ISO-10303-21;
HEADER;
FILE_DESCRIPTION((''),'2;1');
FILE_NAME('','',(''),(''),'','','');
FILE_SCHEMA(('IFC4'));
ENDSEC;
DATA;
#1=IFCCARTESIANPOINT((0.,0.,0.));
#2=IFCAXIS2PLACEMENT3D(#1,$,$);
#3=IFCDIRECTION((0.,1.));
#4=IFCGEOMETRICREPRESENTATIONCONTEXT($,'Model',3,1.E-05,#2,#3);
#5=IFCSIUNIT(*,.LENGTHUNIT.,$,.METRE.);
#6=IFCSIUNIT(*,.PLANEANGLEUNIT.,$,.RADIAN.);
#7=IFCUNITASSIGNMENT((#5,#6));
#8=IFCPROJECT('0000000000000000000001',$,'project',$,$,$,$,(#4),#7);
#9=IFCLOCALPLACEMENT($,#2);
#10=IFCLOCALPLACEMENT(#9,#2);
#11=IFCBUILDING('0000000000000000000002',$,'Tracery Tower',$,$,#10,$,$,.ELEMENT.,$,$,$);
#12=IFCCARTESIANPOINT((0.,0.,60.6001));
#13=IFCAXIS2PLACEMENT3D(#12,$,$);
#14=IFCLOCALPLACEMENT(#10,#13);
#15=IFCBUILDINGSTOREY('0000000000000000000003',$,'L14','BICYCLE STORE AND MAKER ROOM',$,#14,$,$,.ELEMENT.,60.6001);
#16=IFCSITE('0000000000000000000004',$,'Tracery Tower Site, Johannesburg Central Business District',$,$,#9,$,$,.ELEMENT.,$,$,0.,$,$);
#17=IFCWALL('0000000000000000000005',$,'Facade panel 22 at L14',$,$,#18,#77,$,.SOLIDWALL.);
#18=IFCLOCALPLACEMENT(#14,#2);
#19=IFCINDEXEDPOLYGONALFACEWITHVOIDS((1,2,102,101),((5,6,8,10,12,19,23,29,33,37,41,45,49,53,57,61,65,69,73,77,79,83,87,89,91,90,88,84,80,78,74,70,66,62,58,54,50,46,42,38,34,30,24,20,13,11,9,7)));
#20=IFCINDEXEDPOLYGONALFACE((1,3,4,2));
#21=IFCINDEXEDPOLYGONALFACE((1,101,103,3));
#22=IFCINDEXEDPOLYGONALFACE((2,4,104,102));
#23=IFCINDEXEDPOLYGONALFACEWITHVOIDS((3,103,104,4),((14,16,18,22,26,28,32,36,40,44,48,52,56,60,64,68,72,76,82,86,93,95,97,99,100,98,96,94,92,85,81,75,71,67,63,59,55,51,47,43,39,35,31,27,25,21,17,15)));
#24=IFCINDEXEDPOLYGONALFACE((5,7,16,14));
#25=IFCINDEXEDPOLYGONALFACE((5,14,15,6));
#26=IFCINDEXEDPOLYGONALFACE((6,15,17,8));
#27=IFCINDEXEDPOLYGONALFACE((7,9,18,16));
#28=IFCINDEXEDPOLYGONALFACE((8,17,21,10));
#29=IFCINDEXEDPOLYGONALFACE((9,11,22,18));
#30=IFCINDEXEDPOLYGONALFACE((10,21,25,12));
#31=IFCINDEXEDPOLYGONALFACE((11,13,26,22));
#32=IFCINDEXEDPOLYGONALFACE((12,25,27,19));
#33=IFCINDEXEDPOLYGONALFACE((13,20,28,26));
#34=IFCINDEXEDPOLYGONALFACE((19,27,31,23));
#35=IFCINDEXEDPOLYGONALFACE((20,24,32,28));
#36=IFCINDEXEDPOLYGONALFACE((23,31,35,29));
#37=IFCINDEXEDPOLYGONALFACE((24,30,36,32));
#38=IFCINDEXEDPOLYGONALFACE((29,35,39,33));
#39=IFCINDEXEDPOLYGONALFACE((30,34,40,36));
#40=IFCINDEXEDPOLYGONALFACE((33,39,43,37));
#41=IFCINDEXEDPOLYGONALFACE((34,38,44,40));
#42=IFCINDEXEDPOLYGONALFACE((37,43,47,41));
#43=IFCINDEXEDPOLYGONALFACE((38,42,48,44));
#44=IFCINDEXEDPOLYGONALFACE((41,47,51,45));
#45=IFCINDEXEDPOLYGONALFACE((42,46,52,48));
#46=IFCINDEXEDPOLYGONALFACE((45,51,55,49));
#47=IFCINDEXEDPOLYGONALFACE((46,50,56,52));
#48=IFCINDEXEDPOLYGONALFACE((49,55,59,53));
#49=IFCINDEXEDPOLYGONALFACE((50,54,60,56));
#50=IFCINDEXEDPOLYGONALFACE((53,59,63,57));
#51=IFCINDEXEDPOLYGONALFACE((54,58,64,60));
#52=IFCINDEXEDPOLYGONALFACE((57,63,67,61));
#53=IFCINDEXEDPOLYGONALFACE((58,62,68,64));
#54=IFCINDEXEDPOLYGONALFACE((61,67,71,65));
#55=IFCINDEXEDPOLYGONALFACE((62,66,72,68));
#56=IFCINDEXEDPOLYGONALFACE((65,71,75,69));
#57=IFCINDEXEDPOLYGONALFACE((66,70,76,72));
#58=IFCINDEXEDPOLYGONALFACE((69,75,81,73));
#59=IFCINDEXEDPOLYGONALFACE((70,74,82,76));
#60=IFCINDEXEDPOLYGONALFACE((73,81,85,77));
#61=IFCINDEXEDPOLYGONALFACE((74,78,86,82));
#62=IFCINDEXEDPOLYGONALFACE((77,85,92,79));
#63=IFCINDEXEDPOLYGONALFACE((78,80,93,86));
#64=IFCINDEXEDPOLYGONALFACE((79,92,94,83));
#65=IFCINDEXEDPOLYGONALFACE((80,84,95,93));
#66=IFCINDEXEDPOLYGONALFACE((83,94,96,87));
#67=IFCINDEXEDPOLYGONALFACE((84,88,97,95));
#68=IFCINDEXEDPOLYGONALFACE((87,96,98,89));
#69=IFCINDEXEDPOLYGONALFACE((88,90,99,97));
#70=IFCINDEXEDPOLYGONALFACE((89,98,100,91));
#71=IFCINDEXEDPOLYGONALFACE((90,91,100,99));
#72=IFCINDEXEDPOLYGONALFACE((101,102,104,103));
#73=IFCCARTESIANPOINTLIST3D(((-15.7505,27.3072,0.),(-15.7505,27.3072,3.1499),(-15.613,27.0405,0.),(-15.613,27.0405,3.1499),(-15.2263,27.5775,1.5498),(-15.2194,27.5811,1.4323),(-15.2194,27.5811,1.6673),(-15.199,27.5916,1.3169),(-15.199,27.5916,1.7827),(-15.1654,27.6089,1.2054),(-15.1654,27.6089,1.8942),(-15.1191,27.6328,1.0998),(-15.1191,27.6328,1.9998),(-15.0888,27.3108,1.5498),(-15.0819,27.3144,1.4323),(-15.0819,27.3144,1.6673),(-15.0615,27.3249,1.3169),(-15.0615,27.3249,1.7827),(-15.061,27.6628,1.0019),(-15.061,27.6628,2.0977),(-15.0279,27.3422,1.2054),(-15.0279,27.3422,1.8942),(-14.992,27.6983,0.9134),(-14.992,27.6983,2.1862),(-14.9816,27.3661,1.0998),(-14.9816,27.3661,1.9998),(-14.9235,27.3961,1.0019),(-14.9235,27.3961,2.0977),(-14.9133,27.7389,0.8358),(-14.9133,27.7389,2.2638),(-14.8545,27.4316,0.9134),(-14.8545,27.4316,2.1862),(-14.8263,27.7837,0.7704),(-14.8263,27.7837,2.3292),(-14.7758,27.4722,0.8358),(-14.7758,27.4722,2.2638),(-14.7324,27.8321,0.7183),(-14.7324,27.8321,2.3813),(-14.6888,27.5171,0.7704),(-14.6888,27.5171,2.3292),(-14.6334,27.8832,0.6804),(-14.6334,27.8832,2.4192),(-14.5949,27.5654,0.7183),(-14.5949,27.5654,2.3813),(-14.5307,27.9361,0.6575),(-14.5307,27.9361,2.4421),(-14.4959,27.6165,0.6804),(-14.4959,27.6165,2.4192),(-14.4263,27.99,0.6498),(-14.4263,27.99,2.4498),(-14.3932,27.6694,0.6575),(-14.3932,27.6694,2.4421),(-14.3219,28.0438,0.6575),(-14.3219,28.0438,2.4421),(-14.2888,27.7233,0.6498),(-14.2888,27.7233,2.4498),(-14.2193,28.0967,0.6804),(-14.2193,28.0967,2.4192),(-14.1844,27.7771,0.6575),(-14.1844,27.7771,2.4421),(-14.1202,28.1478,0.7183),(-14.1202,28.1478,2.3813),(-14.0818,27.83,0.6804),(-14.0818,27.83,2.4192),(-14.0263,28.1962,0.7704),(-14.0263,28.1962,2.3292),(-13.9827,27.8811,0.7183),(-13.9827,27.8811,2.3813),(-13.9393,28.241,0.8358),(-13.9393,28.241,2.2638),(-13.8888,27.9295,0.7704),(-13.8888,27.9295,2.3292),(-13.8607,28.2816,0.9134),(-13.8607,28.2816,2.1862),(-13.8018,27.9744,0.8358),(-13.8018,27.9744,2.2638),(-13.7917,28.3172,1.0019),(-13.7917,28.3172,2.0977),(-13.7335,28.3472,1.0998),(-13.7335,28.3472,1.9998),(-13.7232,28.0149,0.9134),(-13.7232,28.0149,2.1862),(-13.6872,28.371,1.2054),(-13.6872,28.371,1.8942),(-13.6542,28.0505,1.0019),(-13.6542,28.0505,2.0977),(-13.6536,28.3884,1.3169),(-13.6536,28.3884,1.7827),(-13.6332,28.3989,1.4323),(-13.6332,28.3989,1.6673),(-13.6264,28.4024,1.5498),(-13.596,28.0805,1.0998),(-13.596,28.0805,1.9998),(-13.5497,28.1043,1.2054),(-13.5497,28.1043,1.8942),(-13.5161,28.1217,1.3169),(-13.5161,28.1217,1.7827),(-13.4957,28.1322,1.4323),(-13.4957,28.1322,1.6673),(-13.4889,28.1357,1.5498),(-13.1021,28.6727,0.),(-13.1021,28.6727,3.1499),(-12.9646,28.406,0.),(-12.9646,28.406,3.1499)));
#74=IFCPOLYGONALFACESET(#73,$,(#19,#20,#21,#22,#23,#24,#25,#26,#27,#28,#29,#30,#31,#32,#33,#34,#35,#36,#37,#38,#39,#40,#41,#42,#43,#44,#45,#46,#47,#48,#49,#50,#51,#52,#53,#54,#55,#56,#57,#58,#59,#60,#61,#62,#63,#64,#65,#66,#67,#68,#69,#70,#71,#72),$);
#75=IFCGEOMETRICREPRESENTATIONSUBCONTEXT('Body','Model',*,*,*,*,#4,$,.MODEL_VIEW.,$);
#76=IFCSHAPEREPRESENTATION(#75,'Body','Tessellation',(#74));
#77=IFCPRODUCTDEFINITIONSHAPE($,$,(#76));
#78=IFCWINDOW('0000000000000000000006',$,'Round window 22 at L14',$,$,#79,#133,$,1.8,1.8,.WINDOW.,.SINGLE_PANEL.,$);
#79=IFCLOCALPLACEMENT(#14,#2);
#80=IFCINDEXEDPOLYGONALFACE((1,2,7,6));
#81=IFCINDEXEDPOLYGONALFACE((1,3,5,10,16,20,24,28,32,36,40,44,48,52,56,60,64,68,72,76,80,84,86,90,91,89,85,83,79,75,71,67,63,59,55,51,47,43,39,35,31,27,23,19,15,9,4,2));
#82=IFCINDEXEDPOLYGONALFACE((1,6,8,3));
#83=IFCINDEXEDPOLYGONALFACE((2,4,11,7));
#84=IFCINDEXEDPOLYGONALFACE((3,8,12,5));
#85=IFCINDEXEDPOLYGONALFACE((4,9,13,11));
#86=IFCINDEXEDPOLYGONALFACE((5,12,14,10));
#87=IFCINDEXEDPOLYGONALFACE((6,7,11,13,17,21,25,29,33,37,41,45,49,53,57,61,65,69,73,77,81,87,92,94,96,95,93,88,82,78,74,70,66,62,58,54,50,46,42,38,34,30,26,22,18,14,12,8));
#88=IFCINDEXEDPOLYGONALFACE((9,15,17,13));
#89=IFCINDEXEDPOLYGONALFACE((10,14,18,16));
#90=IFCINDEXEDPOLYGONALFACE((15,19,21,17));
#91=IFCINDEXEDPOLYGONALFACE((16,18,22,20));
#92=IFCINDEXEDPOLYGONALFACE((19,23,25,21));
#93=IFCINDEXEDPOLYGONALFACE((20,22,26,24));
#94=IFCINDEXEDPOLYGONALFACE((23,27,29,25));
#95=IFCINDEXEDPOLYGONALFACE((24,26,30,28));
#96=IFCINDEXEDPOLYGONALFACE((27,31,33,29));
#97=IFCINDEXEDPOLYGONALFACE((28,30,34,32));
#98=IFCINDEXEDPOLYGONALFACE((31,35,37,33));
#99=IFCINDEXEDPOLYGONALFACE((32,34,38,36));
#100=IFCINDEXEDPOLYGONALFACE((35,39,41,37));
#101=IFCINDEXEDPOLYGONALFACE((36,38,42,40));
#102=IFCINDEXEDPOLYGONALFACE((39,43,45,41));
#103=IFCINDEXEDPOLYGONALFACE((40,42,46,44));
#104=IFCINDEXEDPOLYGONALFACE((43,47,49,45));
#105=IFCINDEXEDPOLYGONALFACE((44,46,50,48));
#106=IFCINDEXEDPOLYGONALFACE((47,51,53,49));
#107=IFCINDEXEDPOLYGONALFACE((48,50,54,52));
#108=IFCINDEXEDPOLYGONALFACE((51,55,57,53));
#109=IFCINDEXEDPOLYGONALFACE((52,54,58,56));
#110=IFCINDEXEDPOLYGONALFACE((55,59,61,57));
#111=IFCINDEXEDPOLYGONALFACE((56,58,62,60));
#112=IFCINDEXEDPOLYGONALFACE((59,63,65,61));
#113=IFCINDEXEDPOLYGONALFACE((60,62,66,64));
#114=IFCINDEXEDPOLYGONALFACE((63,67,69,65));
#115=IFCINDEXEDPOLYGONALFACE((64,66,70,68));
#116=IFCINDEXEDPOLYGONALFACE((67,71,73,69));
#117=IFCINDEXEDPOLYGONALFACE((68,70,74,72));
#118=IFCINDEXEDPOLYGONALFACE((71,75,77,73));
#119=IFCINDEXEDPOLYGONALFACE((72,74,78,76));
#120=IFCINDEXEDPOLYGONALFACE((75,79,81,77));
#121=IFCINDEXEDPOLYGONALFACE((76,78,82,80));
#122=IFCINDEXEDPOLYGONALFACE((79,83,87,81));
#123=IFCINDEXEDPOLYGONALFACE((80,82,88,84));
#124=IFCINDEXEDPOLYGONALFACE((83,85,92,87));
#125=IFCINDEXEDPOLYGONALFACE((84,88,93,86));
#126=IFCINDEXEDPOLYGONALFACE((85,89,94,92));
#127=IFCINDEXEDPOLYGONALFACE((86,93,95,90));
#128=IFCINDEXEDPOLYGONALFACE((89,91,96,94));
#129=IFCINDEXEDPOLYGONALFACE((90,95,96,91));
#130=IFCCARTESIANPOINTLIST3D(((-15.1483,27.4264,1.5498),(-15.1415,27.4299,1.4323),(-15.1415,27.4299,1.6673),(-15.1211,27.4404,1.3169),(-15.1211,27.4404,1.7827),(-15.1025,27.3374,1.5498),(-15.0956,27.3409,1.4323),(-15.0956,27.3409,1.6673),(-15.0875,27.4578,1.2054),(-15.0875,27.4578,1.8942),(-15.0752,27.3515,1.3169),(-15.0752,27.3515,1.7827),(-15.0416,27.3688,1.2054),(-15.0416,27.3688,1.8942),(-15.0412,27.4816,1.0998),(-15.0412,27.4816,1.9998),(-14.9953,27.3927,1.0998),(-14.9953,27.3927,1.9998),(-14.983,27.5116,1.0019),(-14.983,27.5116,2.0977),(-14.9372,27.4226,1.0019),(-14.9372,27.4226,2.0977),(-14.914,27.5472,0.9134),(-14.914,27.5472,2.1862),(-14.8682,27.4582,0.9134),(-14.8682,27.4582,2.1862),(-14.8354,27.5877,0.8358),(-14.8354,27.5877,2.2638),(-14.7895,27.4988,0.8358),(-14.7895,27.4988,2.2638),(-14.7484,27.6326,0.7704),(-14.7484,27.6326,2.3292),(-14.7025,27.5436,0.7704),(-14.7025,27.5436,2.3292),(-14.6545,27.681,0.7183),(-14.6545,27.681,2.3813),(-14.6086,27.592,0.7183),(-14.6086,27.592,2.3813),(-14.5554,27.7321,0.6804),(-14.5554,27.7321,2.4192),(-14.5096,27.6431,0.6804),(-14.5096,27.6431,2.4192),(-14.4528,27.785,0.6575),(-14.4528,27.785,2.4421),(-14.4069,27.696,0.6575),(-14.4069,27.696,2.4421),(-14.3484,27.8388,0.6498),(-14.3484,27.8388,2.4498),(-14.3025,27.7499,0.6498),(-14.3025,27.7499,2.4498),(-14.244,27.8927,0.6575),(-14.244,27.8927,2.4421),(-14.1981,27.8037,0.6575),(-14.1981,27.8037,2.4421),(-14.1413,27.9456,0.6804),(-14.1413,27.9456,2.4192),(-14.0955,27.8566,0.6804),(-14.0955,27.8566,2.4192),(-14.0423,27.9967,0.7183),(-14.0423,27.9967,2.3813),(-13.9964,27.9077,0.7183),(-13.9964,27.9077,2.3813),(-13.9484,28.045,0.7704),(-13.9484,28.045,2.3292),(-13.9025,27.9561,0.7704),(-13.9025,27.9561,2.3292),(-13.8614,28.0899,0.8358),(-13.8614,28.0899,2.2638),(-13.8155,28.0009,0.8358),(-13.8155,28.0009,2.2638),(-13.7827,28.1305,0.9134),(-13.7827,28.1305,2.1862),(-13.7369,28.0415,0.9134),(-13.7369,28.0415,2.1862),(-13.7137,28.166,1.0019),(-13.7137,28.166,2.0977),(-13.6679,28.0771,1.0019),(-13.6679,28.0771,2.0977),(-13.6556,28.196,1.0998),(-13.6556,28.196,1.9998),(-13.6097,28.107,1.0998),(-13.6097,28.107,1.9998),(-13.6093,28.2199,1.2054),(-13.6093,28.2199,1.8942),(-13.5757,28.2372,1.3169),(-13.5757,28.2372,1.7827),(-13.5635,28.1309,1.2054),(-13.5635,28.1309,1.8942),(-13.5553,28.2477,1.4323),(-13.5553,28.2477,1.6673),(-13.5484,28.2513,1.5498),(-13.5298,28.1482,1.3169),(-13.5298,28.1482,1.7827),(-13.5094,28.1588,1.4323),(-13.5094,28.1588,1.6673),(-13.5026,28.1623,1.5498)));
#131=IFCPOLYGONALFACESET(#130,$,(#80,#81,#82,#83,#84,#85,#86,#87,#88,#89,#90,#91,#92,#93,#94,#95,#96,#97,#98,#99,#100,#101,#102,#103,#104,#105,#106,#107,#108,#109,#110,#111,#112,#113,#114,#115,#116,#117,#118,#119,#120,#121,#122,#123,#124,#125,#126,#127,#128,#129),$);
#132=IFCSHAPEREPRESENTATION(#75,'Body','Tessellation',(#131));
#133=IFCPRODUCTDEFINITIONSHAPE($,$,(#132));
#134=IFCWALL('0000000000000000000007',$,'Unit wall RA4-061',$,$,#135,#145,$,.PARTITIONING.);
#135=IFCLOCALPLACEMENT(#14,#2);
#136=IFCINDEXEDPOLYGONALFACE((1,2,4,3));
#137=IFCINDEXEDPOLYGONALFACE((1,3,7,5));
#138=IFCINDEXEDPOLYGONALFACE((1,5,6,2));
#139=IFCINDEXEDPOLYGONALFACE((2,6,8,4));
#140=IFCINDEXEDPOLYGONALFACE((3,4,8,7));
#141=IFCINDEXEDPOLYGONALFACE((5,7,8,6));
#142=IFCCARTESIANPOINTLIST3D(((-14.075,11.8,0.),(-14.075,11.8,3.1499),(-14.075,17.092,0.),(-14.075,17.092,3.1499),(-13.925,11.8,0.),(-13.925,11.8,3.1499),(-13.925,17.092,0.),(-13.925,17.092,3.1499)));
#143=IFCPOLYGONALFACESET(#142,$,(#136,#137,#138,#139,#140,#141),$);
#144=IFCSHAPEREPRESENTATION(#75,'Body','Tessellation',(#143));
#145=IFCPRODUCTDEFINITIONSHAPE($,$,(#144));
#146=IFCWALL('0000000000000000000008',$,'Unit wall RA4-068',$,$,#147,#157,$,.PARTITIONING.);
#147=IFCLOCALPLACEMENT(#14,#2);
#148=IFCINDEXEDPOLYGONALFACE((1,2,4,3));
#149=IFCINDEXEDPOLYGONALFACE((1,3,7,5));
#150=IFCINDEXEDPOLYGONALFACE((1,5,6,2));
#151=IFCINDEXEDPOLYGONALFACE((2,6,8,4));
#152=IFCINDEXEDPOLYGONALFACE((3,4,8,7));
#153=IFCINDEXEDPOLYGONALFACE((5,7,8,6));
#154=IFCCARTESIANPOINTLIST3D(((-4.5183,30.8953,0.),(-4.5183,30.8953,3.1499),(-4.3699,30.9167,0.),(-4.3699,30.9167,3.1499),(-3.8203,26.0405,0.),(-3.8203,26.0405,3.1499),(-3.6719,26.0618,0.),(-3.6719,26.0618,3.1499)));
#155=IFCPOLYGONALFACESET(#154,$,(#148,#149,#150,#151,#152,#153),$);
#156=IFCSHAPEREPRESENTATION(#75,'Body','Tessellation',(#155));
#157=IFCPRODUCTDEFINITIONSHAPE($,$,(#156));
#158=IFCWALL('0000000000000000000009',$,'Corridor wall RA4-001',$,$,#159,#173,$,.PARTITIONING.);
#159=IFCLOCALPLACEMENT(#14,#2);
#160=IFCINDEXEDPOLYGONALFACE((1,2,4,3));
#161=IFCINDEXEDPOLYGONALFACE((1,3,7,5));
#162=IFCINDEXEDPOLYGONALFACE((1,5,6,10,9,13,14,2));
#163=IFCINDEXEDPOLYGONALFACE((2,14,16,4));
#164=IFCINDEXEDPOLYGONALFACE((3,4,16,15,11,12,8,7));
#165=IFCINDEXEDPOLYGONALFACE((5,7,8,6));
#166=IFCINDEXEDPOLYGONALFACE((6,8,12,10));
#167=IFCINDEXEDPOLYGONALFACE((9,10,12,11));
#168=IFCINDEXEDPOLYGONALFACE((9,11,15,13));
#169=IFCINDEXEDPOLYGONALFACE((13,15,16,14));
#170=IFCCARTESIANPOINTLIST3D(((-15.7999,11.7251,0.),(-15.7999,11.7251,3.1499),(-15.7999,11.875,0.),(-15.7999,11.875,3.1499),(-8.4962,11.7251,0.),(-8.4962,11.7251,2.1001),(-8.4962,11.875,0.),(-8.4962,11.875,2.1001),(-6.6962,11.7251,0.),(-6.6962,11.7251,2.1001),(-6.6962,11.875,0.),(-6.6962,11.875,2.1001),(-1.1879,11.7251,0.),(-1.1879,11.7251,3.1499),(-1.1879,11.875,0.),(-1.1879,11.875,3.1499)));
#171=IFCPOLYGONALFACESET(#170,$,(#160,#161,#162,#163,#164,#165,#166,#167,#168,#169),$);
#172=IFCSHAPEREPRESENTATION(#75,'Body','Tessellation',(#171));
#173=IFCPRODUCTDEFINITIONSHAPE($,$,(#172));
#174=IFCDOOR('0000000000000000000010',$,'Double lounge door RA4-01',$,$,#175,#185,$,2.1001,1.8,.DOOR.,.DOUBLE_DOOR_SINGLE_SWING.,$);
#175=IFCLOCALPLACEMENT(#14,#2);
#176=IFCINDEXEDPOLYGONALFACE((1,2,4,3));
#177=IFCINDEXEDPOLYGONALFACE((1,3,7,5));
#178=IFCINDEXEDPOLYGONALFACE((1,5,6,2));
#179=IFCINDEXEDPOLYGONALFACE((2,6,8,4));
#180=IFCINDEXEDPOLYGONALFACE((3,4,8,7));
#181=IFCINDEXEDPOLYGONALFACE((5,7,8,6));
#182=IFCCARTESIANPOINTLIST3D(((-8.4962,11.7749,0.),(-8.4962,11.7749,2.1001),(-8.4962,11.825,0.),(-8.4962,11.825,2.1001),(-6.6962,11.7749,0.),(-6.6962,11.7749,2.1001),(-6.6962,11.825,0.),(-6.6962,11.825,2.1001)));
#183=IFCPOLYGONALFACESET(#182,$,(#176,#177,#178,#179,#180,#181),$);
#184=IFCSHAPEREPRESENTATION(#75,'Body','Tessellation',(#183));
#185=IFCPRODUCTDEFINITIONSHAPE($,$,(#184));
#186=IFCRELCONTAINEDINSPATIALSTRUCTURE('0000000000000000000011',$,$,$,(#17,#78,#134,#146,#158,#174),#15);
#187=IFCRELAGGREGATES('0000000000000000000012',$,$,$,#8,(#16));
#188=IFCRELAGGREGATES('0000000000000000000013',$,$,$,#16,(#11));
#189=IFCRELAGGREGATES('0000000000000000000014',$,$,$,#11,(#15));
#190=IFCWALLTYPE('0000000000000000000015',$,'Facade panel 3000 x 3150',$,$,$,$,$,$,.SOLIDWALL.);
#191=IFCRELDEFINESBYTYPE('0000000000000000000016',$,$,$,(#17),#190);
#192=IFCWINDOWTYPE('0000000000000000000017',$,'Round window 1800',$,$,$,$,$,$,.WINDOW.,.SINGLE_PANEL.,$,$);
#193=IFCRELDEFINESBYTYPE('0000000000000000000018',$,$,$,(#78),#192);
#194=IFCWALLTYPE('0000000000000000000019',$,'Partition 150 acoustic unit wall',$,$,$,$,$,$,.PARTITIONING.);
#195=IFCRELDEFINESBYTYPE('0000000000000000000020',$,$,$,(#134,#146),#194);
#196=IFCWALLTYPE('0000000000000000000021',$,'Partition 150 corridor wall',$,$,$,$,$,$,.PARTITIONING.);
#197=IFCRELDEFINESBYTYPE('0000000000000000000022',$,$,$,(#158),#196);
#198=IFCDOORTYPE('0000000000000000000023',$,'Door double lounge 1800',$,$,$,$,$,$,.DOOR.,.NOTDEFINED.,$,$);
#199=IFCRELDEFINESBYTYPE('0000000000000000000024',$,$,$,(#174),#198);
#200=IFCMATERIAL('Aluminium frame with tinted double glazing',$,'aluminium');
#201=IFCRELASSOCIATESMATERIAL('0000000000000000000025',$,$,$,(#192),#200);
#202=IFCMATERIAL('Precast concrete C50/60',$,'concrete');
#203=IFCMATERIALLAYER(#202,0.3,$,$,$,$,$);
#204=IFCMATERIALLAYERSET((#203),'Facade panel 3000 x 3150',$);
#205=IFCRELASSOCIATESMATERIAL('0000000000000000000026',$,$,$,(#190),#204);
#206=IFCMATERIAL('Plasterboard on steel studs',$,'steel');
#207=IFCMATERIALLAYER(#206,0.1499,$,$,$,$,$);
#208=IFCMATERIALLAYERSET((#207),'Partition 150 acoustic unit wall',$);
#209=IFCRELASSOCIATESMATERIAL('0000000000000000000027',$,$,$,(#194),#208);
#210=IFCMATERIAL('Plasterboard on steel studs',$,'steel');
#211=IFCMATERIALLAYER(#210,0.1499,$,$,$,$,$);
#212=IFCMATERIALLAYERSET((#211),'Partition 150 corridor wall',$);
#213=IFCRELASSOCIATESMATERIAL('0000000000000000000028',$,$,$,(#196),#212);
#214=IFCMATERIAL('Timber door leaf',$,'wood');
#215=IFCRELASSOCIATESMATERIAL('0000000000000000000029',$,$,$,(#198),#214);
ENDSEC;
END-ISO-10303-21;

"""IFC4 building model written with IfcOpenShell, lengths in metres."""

from ifc_helpers import new_model, si_unit, direction, frame, frame_2d, origin, origin_2d, place, context, subcontext, project, spatial, rectangle, circle, extrude, material, layer, layer_set, type_object, element, fill, save


model = new_model("IFC4")

# Units and contexts
model_context = context("Model", 3, precision=1e-05, world=origin(), true_north=direction((0.0, 1.0)))
body_context = subcontext(model_context, "Body", "Model", "MODEL_VIEW")
ifc_project = project(units=[si_unit("LENGTHUNIT", "METRE"), si_unit("PLANEANGLEUNIT", "RADIAN")], contexts=[model_context])

# Site, building, storey
site_placement = place(None, origin())
site = spatial("IfcSite", under=ifc_project, at=site_placement, Name="Tracery Tower Site, Johannesburg Central Business District", CompositionType="ELEMENT", RefElevation=0.0)
building_placement = place(site_placement, origin())
building = spatial("IfcBuilding", under=site, at=building_placement, Name="Tracery Tower", CompositionType="ELEMENT")
storey_placement = place(building_placement, frame((0.0, 0.0, 60.6001)))
storey = spatial("IfcBuildingStorey", under=building, at=storey_placement, Name="L14", Description="BICYCLE STORE AND MAKER ROOM", CompositionType="ELEMENT", Elevation=60.6001)

# Wall, opening, window
ifc_material_1 = material(Name="Aluminium frame with tinted double glazing", Category="aluminium")
window_type = type_object("IfcWindowType", Name="Round window 1800", PartitioningType="SINGLE_PANEL", PredefinedType="WINDOW", material=ifc_material_1)
ifc_material_2 = material(Name="Precast concrete C50/60", Category="concrete")
ifc_layer_1 = layer(ifc_material_2, 0.3)
ifc_layer_set_1 = layer_set([ifc_layer_1], Name="Facade panel 3000 x 3150")
wall_type_1 = type_object("IfcWallType", Name="Facade panel 3000 x 3150", PredefinedType="SOLIDWALL", material=ifc_layer_set_1)
wall_1_placement = place(storey_placement, frame((-13.0334, 28.5393, 0.0), z_axis=(0.0, 0.0, 1.0), x_axis=(-0.88882, -0.458257, 0.0)))
wall_1 = element("IfcWall", 1, at=wall_1_placement, inside=storey, type_object=wall_type_1, Name="Facade panel 22 at L14", PredefinedType="SOLIDWALL", context=body_context, shape_type="SweptSolid", body=[
    extrude(rectangle(XDim=2.9797, YDim=0.3, at=frame_2d((1.4897, 0.0))), origin(), (0.0, 0.0, 1.0), 3.1499),
])
opening_1_placement = place(wall_1_placement, frame((1.4897, 0.0, 1.5498)))
opening_1 = element("IfcOpeningElement", 2, at=opening_1_placement, cuts=wall_1, PredefinedType="OPENING", context=body_context, shape_type="SweptSolid", body=[
    extrude(circle(Radius=0.9, at=origin_2d()), frame((0.0, 0.1599, 0.0), z_axis=(0.0, -1.0, 0.0), x_axis=(1.0, 0.0, 0.0)), (0.0, 0.0, 1.0), 0.3201),
])
window_1_placement = place(opening_1_placement, origin())
window_1 = element("IfcWindow", 3, at=window_1_placement, inside=storey, type_object=window_type, Name="Round window 22 at L14", OverallHeight=1.8, OverallWidth=1.8, PartitioningType="SINGLE_PANEL", PredefinedType="WINDOW", context=body_context, shape_type="SweptSolid", body=[
    extrude(circle(Radius=0.9, at=origin_2d()), frame((0.0, 0.1201, 0.0), z_axis=(0.0, -1.0, 0.0), x_axis=(1.0, 0.0, 0.0)), (0.0, 0.0, 1.0), 0.1001),
])
fill(opening_1, window_1)

# Walls
ifc_material_3 = material(Name="Plasterboard on steel studs", Category="steel")
ifc_layer_2 = layer(ifc_material_3, 0.1499)
ifc_layer_set_2 = layer_set([ifc_layer_2], Name="Partition 150 acoustic unit wall")
wall_type_2 = type_object("IfcWallType", Name="Partition 150 acoustic unit wall", PredefinedType="PARTITIONING", material=ifc_layer_set_2)
wall_2_placement = place(storey_placement, frame((-14.0, 11.8, 0.0), z_axis=(0.0, 0.0, 1.0), x_axis=(0.0, 1.0, 0.0)))
element("IfcWall", 4, at=wall_2_placement, inside=storey, type_object=wall_type_2, Name="Unit wall RA4-061", PredefinedType="PARTITIONING", context=body_context, shape_type="SweptSolid", body=[
    extrude(rectangle(XDim=5.292, YDim=0.1499, at=frame_2d((2.646, 0.0))), origin(), (0.0, 0.0, 1.0), 3.1499),
])
wall_3_placement = place(storey_placement, frame((-4.4441, 30.906, 0.0), z_axis=(0.0, 0.0, 1.0), x_axis=(0.142306, -0.989823, 0.0)))
element("IfcWall", 5, at=wall_3_placement, inside=storey, type_object=wall_type_2, Name="Unit wall RA4-068", PredefinedType="PARTITIONING", context=body_context, shape_type="SweptSolid", body=[
    extrude(rectangle(XDim=4.9048, YDim=0.1499, at=frame_2d((2.4524, 0.0))), origin(), (0.0, 0.0, 1.0), 3.1499),
])

# Wall, opening, door
ifc_material_4 = material(Name="Plasterboard on steel studs", Category="steel")
ifc_layer_3 = layer(ifc_material_4, 0.1499)
ifc_layer_set_3 = layer_set([ifc_layer_3], Name="Partition 150 corridor wall")
wall_type_3 = type_object("IfcWallType", Name="Partition 150 corridor wall", PredefinedType="PARTITIONING", material=ifc_layer_set_3)
wall_4_placement = place(storey_placement, frame((-15.8, 11.8, 0.0), z_axis=(0.0, 0.0, 1.0), x_axis=(1.0, 0.0, 0.0)))
wall_4 = element("IfcWall", 6, at=wall_4_placement, inside=storey, type_object=wall_type_3, Name="Corridor wall RA4-001", PredefinedType="PARTITIONING", context=body_context, shape_type="SweptSolid", body=[
    extrude(rectangle(XDim=14.6121, YDim=0.1499, at=frame_2d((7.3062, 0.0))), origin(), (0.0, 0.0, 1.0), 3.1499),
])
opening_2_placement = place(wall_4_placement, frame((7.304, 0.0, 0.0)))
opening_2 = element("IfcOpeningElement", 7, at=opening_2_placement, cuts=wall_4, PredefinedType="OPENING", context=body_context, shape_type="SweptSolid", body=[
    extrude(rectangle(XDim=1.8, YDim=2.1001, at=frame_2d((0.8999, 1.05))), frame((0.0, 0.075, 0.0), z_axis=(0.0, -1.0, 0.0), x_axis=(1.0, 0.0, 0.0)), (0.0, 0.0, 1.0), 0.1499),
])
ifc_material_5 = material(Name="Timber door leaf", Category="wood")
door_type = type_object("IfcDoorType", Name="Door double lounge 1800", OperationType="NOTDEFINED", PredefinedType="DOOR", material=ifc_material_5)
door_placement = place(opening_2_placement, origin())
door = element("IfcDoor", 8, at=door_placement, inside=storey, type_object=door_type, Name="Double lounge door RA4-01", OperationType="DOUBLE_DOOR_SINGLE_SWING", OverallHeight=2.1001, OverallWidth=1.8, PredefinedType="DOOR", context=body_context, shape_type="SweptSolid", body=[
    extrude(rectangle(XDim=1.8, YDim=2.1001, at=frame_2d((0.8999, 1.05))), frame((0.0, 0.0249, 0.0), z_axis=(0.0, -1.0, 0.0), x_axis=(1.0, 0.0, 0.0)), (0.0, 0.0, 1.0), 0.05),
])
fill(opening_2, door)

save(model, "model.ifc")
